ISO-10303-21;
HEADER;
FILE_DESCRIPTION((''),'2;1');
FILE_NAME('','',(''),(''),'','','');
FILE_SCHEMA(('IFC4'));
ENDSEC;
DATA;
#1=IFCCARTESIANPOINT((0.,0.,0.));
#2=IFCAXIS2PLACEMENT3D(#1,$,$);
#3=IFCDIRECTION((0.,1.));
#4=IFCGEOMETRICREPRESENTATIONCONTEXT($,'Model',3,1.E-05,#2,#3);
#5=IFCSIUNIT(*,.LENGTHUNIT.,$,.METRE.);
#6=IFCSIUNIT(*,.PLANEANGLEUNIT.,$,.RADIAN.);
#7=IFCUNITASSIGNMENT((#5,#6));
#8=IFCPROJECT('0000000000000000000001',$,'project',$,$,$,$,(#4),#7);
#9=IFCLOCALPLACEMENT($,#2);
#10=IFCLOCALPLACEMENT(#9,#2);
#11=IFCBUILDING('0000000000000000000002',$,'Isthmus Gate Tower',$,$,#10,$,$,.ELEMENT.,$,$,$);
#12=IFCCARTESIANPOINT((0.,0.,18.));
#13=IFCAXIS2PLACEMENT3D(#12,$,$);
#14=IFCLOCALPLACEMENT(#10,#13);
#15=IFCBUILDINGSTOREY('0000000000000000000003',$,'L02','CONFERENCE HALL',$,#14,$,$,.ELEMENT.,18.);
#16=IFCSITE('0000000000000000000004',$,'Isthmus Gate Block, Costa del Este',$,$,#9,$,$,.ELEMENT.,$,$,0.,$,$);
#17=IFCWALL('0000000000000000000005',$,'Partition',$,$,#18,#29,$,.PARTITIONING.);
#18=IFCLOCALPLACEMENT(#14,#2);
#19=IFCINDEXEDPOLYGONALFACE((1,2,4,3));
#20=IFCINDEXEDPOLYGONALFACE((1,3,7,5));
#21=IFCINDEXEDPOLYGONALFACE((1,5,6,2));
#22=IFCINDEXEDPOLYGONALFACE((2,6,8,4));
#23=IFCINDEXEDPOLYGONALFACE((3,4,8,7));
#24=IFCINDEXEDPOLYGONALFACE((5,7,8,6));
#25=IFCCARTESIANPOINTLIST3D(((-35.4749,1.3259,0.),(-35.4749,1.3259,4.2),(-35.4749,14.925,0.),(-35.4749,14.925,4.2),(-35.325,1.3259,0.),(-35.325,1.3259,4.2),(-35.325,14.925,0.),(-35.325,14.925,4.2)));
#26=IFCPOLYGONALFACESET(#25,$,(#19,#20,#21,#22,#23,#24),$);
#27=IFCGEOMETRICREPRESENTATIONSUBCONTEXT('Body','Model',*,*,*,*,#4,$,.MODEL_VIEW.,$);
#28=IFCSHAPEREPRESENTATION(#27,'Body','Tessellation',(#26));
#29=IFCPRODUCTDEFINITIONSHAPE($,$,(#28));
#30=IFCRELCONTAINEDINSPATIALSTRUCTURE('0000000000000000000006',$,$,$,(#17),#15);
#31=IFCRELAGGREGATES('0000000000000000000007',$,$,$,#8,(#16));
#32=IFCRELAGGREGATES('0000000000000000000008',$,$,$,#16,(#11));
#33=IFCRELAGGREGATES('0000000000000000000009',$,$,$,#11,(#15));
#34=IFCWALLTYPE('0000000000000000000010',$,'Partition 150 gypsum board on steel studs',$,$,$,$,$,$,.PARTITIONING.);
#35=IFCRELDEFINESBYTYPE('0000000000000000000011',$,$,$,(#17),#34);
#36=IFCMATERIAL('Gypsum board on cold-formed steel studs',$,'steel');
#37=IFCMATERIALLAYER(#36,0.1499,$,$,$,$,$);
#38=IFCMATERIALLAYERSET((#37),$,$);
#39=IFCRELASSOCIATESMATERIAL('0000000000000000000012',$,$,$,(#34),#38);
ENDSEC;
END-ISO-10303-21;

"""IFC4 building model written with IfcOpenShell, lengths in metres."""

from ifc_helpers import new_model, si_unit, direction, frame, frame_2d, origin, place, context, subcontext, project, spatial, rectangle, extrude, material, layer, layer_set, type_object, element, save


model = new_model("IFC4")

# Units and contexts
model_context = context("Model", 3, precision=1e-05, world=origin(), true_north=direction((0.0, 1.0)))
body_context = subcontext(model_context, "Body", "Model", "MODEL_VIEW")
ifc_project = project(units=[si_unit("LENGTHUNIT", "METRE"), si_unit("PLANEANGLEUNIT", "RADIAN")], contexts=[model_context])

# Site, building, storey
site_placement = place(None, origin())
site = spatial("IfcSite", under=ifc_project, at=site_placement, Name="Isthmus Gate Block, Costa del Este", CompositionType="ELEMENT", RefElevation=0.0)
building_placement = place(site_placement, origin())
building = spatial("IfcBuilding", under=site, at=building_placement, Name="Isthmus Gate Tower", CompositionType="ELEMENT")
storey_placement = place(building_placement, frame((0.0, 0.0, 18.0)))
storey = spatial("IfcBuildingStorey", under=building, at=storey_placement, Name="L02", Description="CONFERENCE HALL", CompositionType="ELEMENT", Elevation=18.0)

# Shared definitions
ifc_material_1 = material(Name="Gypsum board on cold-formed steel studs", Category="steel")
ifc_layer_1 = layer(ifc_material_1, 0.1499)
ifc_layer_set_1 = layer_set([ifc_layer_1])
wall_type_1 = type_object("IfcWallType", Name="Partition 150 gypsum board on steel studs", PredefinedType="PARTITIONING", material=ifc_layer_set_1)

# Wall
wall_1_placement = place(storey_placement, frame((-35.3999, 1.3259, 0.0), z_axis=(0.0, 0.0, 1.0), x_axis=(0.0, 1.0, 0.0)))
element("IfcWall", 1, at=wall_1_placement, inside=storey, type_object=wall_type_1, Name="Partition", PredefinedType="PARTITIONING", context=body_context, shape_type="SweptSolid", body=[
    extrude(rectangle(XDim=13.5991, YDim=0.1499, at=frame_2d((6.7996, 0.0))), origin(), (0.0, 0.0, 1.0), 4.2),
])

save(model, "model.ifc")
